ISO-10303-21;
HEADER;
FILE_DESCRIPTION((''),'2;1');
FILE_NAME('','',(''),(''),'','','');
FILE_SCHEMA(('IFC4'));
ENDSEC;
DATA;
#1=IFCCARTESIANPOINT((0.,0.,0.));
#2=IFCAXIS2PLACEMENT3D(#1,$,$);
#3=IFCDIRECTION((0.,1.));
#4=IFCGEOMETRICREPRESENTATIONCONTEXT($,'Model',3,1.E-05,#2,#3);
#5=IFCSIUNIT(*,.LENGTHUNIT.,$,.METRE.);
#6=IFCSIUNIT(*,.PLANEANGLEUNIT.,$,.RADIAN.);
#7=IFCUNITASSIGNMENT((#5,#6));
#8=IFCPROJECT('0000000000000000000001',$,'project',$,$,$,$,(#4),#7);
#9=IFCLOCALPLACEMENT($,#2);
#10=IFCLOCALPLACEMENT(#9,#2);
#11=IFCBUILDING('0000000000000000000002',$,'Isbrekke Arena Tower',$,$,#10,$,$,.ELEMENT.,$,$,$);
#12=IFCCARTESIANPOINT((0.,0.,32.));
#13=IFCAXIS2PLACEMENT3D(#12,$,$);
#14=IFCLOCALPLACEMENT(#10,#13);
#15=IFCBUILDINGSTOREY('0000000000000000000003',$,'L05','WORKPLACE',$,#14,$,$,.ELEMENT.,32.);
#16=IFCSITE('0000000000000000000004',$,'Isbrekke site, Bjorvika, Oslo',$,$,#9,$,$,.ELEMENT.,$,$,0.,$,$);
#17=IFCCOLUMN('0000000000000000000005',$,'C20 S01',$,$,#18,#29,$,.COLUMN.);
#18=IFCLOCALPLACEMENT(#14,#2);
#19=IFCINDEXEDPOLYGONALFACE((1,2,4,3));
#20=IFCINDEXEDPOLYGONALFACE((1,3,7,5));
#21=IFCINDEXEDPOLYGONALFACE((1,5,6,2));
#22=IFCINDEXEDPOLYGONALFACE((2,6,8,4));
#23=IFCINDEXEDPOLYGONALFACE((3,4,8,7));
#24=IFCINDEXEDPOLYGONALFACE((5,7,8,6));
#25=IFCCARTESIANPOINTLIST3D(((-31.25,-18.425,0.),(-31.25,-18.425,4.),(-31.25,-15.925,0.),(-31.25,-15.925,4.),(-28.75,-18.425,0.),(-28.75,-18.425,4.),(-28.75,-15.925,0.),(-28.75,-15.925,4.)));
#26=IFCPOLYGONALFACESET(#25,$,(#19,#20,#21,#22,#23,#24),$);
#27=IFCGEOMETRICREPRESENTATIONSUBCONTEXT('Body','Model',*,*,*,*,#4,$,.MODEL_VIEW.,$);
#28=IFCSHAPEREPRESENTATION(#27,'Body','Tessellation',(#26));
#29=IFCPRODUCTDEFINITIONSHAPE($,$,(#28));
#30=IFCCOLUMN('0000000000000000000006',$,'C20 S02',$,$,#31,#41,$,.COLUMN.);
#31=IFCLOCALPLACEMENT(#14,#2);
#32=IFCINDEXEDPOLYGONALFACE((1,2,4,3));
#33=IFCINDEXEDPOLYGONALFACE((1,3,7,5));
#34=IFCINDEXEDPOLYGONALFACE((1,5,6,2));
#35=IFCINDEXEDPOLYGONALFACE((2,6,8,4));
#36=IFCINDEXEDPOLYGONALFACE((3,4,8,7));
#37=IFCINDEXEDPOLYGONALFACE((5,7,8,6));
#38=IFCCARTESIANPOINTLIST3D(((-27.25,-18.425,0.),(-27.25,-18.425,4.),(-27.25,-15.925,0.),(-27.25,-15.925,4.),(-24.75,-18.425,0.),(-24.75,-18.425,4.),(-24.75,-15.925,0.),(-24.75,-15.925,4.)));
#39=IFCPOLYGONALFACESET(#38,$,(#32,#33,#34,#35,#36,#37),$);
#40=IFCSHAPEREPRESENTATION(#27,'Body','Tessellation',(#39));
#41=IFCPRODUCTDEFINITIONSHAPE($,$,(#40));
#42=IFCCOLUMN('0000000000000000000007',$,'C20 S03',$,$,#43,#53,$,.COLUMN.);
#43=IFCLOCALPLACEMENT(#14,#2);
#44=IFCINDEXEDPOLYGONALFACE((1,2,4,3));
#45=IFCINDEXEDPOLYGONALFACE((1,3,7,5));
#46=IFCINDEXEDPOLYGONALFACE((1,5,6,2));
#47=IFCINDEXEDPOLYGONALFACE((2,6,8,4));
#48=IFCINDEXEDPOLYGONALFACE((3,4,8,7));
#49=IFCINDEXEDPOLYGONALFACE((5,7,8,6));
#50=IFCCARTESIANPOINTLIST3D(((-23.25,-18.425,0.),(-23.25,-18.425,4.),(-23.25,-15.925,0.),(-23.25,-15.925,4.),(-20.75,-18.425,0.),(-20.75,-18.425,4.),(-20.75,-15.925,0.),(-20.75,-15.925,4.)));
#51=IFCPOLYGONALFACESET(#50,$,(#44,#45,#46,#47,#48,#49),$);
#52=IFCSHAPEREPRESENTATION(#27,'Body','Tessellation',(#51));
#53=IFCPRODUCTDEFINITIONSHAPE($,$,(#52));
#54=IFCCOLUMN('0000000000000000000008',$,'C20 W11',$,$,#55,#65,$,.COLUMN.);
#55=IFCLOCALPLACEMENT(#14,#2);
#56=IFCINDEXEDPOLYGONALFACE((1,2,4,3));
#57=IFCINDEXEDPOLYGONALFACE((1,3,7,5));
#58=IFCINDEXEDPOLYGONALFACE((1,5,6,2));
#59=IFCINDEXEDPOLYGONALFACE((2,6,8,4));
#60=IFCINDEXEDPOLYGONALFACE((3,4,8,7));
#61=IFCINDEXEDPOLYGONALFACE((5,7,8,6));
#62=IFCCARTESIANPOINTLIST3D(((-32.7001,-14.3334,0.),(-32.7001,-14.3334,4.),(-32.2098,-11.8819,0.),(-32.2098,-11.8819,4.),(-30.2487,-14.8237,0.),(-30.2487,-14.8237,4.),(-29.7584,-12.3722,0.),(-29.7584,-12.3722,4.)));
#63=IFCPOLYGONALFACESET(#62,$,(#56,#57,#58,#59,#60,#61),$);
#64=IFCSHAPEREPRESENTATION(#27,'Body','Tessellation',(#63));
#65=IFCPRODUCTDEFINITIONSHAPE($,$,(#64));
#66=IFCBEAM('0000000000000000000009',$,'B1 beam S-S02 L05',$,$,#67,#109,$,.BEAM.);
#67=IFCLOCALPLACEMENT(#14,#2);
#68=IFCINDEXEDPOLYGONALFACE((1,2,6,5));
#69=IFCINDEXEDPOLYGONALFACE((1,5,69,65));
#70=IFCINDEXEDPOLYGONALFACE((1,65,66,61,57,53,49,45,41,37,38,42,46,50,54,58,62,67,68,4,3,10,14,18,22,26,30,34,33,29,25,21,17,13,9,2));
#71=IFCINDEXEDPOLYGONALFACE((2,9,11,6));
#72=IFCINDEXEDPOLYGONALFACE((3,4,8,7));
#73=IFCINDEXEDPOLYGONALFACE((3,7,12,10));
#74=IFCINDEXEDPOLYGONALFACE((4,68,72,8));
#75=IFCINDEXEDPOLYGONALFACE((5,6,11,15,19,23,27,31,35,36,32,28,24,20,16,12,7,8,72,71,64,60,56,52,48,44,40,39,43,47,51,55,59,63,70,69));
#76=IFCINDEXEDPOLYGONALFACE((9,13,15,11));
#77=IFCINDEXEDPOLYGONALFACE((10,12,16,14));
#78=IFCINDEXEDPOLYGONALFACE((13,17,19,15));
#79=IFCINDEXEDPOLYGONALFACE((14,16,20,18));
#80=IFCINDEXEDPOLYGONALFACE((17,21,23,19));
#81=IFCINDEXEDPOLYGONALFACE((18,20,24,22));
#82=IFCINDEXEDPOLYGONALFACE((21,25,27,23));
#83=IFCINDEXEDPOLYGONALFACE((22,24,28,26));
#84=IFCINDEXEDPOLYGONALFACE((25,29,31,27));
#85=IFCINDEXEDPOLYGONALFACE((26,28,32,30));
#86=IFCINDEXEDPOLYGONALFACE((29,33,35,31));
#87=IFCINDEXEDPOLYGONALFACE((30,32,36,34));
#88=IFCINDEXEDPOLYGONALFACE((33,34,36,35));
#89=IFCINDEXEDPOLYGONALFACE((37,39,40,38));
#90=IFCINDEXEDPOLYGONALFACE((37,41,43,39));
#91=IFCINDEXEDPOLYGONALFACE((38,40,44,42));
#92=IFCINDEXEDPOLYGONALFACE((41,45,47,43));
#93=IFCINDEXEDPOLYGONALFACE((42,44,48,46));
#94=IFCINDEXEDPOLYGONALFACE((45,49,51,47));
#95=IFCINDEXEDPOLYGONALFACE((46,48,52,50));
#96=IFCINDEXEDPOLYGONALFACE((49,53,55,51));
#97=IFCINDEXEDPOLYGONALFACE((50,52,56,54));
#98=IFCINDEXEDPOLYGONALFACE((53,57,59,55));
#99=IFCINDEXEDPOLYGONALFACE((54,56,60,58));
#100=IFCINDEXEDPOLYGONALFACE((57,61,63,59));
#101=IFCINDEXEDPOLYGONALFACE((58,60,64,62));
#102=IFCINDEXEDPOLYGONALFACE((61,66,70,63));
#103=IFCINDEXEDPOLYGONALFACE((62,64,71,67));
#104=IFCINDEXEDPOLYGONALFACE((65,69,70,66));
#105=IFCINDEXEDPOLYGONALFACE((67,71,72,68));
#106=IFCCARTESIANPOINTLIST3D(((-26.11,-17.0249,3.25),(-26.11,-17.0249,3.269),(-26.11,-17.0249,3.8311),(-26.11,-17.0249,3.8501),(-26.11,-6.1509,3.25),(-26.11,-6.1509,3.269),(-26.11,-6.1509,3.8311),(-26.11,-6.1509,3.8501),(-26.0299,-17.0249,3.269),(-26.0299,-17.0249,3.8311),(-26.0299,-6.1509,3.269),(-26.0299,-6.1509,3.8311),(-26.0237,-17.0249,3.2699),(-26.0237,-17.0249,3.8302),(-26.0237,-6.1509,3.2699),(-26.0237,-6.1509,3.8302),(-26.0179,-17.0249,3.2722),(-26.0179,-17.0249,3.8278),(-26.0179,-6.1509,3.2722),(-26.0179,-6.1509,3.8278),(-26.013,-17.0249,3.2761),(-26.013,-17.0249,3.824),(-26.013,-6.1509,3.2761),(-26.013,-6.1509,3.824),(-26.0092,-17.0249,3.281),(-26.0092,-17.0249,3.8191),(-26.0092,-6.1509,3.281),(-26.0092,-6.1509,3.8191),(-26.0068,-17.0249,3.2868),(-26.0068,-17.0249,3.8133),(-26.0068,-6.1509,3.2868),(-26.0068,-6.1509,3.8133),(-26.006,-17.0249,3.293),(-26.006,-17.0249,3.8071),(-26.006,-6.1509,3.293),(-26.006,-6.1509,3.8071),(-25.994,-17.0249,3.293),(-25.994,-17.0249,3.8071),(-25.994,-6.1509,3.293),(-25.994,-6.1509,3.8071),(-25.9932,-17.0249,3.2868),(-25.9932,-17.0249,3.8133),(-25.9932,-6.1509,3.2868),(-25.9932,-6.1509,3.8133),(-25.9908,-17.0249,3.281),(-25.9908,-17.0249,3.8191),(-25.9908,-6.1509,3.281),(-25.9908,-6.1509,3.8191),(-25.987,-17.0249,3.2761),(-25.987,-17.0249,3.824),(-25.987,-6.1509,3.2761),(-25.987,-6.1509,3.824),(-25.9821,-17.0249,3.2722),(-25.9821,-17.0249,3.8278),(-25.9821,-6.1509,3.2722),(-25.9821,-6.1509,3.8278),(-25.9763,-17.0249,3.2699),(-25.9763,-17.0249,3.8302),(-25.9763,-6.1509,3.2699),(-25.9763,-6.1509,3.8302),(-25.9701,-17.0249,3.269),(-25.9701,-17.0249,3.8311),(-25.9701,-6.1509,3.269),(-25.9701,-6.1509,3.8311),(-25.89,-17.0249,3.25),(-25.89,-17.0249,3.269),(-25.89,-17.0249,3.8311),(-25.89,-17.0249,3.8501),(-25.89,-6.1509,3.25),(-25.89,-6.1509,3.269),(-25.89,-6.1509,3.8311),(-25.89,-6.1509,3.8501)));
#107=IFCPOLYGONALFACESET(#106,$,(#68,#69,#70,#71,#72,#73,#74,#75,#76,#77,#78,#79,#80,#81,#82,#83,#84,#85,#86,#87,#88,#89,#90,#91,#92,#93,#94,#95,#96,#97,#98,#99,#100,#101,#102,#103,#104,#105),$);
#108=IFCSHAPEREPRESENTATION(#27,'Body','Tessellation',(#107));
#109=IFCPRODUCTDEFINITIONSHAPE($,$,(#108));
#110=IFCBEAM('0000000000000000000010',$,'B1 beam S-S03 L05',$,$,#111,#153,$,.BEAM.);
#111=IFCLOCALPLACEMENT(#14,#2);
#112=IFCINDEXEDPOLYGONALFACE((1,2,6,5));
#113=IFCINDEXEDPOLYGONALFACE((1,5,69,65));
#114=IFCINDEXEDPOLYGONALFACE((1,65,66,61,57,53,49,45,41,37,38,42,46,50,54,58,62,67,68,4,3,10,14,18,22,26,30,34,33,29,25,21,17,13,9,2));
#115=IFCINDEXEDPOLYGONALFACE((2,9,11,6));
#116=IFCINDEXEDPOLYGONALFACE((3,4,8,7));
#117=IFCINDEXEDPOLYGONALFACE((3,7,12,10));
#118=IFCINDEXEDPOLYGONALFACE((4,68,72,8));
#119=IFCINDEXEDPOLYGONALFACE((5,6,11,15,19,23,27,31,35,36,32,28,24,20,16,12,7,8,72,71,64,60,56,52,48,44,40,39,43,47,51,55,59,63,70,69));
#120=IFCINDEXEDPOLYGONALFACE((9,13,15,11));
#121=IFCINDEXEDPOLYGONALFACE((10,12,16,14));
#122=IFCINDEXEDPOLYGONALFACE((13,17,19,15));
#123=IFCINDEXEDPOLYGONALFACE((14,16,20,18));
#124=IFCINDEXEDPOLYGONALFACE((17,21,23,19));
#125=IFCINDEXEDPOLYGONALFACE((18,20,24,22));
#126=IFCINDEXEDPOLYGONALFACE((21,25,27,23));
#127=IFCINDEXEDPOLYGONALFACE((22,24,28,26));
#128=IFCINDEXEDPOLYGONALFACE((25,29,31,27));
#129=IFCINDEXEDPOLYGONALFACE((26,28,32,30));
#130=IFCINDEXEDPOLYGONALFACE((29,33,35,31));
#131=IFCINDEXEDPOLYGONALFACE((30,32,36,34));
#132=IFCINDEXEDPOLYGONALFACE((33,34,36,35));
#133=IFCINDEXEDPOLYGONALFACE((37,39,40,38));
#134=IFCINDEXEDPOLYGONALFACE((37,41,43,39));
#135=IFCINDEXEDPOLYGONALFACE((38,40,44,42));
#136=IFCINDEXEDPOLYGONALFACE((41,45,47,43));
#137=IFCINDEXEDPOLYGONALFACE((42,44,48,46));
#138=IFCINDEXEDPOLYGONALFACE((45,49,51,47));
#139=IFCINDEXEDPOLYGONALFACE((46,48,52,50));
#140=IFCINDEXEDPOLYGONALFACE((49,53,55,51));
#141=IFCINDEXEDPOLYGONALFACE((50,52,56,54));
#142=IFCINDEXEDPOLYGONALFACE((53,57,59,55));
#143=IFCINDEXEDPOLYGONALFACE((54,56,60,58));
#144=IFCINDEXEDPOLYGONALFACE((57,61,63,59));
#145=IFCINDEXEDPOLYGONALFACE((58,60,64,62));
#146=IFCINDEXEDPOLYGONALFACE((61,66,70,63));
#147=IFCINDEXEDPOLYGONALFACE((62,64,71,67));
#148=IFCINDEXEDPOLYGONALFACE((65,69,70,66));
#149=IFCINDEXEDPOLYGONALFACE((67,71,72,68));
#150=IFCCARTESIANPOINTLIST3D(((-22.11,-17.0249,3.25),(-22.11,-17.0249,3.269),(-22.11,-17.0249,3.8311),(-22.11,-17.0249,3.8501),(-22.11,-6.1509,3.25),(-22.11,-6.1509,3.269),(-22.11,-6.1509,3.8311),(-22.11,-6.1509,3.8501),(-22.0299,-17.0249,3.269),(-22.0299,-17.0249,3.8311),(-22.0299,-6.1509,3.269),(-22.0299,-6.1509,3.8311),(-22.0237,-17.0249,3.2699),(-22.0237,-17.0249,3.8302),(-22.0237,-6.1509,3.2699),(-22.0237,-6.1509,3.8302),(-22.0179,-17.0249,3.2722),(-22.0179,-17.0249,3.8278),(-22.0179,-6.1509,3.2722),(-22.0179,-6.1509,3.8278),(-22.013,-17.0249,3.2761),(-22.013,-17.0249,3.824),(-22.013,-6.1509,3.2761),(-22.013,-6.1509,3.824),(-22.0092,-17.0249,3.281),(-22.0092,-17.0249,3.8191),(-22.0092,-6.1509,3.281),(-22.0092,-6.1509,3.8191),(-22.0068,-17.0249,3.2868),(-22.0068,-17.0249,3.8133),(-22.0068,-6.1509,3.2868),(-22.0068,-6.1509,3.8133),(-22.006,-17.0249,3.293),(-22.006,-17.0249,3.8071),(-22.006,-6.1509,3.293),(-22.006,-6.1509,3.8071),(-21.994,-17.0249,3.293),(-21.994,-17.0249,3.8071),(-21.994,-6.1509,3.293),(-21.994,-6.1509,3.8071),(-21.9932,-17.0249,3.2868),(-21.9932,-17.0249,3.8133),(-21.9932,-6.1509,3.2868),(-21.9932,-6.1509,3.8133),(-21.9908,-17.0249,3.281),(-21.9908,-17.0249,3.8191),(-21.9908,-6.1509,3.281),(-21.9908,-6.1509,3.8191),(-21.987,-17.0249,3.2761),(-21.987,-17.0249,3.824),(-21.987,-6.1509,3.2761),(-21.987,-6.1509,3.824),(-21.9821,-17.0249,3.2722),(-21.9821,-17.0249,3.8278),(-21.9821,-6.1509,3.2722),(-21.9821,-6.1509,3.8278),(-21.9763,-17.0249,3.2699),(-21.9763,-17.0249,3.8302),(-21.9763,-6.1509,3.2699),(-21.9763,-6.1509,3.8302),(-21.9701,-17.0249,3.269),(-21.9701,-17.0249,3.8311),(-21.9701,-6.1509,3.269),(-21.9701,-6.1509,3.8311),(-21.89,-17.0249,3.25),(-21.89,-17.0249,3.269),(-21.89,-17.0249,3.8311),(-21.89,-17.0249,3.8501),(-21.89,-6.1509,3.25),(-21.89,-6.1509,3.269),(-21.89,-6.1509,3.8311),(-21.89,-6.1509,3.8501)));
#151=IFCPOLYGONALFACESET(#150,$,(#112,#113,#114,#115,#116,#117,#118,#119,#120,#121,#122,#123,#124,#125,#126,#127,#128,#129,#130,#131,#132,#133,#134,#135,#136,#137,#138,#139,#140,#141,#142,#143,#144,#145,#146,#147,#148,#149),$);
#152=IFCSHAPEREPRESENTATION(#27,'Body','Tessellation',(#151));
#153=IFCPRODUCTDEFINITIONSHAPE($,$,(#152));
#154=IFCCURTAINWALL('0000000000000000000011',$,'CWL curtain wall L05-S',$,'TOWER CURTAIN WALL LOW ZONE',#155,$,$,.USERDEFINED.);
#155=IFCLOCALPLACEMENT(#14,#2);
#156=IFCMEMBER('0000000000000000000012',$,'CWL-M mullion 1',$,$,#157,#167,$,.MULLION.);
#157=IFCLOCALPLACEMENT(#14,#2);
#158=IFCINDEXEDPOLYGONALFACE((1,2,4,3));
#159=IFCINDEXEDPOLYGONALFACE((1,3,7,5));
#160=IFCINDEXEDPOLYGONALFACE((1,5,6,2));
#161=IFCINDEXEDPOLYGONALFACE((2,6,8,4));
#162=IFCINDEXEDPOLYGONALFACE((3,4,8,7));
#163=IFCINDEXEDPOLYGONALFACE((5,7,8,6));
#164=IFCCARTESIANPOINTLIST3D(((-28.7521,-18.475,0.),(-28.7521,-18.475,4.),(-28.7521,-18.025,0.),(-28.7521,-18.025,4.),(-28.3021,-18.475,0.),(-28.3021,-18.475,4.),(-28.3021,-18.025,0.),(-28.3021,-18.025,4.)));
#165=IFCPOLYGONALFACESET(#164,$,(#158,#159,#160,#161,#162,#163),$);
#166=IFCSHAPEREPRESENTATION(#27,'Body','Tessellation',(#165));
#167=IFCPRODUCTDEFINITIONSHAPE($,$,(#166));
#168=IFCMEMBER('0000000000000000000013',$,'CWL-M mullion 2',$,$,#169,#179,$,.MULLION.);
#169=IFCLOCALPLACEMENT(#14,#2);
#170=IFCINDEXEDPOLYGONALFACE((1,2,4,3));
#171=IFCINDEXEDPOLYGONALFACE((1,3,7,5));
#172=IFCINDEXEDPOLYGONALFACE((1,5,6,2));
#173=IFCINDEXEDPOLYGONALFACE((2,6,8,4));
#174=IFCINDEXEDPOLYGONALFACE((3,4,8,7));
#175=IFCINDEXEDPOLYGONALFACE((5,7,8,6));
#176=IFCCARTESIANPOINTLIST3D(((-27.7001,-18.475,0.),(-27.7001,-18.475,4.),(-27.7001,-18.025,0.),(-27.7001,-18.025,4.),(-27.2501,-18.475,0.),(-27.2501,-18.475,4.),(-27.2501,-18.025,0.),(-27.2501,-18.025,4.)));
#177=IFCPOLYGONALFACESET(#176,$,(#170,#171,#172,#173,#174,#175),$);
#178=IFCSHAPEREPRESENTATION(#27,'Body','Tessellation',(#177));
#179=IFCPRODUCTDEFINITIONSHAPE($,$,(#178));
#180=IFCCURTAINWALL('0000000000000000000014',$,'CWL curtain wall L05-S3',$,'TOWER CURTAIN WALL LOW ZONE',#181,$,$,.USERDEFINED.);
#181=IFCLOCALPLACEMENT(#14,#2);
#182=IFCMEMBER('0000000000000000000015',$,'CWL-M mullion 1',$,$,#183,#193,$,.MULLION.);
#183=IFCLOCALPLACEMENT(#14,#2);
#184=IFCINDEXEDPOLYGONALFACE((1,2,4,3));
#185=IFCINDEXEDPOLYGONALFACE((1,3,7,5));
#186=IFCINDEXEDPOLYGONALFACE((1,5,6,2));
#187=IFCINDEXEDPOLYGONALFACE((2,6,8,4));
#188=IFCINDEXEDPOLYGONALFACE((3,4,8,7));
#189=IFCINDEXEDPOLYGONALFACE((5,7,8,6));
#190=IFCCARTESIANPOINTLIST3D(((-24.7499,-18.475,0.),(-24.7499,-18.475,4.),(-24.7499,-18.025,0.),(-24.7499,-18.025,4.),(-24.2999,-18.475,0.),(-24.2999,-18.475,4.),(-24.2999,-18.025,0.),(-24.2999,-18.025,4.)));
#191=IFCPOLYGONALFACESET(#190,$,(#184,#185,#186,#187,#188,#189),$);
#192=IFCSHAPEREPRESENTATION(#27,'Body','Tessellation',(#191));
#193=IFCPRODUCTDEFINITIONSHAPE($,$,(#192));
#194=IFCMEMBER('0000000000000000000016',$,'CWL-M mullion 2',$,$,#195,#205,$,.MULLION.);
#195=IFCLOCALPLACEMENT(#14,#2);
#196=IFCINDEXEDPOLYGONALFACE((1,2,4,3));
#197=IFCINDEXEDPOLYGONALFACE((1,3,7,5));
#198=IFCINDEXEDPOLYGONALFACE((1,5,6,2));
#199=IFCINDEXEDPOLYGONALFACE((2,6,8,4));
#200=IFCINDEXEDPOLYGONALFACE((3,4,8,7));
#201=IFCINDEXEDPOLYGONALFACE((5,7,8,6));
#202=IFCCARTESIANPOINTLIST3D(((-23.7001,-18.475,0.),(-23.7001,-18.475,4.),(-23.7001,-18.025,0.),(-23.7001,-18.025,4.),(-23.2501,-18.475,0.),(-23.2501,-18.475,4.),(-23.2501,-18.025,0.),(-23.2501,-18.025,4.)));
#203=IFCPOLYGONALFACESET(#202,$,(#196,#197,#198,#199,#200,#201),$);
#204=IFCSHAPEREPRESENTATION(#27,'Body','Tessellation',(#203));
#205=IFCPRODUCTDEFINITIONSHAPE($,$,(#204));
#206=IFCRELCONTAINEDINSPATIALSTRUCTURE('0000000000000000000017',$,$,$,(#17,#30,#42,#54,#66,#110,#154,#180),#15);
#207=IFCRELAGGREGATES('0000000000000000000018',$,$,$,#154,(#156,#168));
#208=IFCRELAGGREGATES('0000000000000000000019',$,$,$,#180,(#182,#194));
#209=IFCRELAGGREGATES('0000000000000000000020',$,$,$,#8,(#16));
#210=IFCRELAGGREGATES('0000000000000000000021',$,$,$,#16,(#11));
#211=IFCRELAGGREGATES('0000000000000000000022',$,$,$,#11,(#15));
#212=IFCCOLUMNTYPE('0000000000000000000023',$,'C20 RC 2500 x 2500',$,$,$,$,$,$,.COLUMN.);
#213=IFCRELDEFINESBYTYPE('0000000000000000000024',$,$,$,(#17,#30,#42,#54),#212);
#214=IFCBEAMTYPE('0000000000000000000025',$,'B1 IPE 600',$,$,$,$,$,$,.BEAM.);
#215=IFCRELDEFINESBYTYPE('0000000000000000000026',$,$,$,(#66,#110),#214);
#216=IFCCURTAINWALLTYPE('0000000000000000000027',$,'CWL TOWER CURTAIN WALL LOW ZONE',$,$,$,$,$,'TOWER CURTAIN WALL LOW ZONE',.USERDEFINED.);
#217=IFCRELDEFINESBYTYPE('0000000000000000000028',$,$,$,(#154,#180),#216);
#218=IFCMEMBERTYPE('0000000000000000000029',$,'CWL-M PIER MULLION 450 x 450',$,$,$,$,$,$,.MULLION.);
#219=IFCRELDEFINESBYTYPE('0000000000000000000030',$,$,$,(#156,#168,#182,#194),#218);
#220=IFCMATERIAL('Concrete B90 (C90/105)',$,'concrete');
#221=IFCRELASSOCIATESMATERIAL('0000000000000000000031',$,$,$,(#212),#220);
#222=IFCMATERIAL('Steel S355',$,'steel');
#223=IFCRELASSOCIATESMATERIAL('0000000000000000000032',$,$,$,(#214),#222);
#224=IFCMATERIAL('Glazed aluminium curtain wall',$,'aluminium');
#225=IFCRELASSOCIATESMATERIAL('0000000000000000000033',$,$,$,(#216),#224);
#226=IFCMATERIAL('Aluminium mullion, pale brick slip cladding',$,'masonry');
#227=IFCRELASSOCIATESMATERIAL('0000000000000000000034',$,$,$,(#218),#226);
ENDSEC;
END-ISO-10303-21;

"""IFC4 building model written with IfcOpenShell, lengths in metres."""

from ifc_helpers import new_model, si_unit, direction, frame, origin, origin_2d, place, context, subcontext, project, spatial, rectangle, i_section, extrude, material, material_profile, profile_set, type_object, element, aggregate, save


model = new_model("IFC4")

# Units and contexts
model_context = context("Model", 3, precision=1e-05, world=origin(), true_north=direction((0.0, 1.0)))
body_context = subcontext(model_context, "Body", "Model", "MODEL_VIEW")
ifc_project = project(units=[si_unit("LENGTHUNIT", "METRE"), si_unit("PLANEANGLEUNIT", "RADIAN")], contexts=[model_context])

# Site, building, storey
site_placement = place(None, origin())
site = spatial("IfcSite", under=ifc_project, at=site_placement, Name="Isbrekke site, Bjorvika, Oslo", CompositionType="ELEMENT", RefElevation=0.0)
building_placement = place(site_placement, origin())
building = spatial("IfcBuilding", under=site, at=building_placement, Name="Isbrekke Arena Tower", CompositionType="ELEMENT")
storey_placement = place(building_placement, frame((0.0, 0.0, 32.0)))
storey = spatial("IfcBuildingStorey", under=building, at=storey_placement, Name="L05", Description="WORKPLACE", CompositionType="ELEMENT", Elevation=32.0)

# Columns
ifc_material_1 = material(Name="Concrete B90 (C90/105)", Category="concrete")
ifc_material_profile_1 = material_profile(ifc_material_1, rectangle(XDim=2.5, YDim=2.5, at=origin_2d()), Name="RC 2500x2500")
ifc_profile_set_1 = profile_set([ifc_material_profile_1], Name="Concrete B90 (C90/105)")
column_type = type_object("IfcColumnType", Name="C20 RC 2500 x 2500", PredefinedType="COLUMN", material=ifc_profile_set_1)
for number, where, z_axis, x_axis, name in (
    (1, (-30.0, -17.175, 0.0), (0.0, 0.0, 1.0), (1.0, 0.0, 0.0), "C20 S01"),
    (2, (-26.0, -17.175, 0.0), (0.0, 0.0, 1.0), (1.0, 0.0, 0.0), "C20 S02"),
    (3, (-22.0, -17.175, 0.0), (0.0, 0.0, 1.0), (1.0, 0.0, 0.0), "C20 S03"),
    (4, (-31.2292, -13.3528, 0.0), (0.0, 0.0, 1.0), (-0.196116, -0.980581, 0.0), "C20 W11"),
):
    element("IfcColumn", number, at=place(storey_placement, frame(where, z_axis=z_axis, x_axis=x_axis)), inside=storey, type_object=column_type, Name=name, PredefinedType="COLUMN", context=body_context, shape_type="SweptSolid", body=[
        extrude(rectangle(XDim=2.5, YDim=2.5, at=origin_2d()), origin(), (0.0, 0.0, 1.0), 4.0),
    ])

# Beams
ifc_material_2 = material(Name="Steel S355", Category="steel")
ifc_material_profile_2 = material_profile(ifc_material_2, i_section(OverallWidth=0.22, OverallDepth=0.6001, WebThickness=0.012, FlangeThickness=0.019, FilletRadius=0.0239, at=origin_2d()), Name="IPE 600")
ifc_profile_set_2 = profile_set([ifc_material_profile_2], Name="Steel S355")
beam_type_1 = type_object("IfcBeamType", Name="B1 IPE 600", PredefinedType="BEAM", material=ifc_profile_set_2)
for number, where, z_axis, x_axis, name in (
    (5, (-26.0, -17.0249, 3.55), (0.0, 1.0, 0.0), (-1.0, 0.0, 0.0), "B1 beam S-S02 L05"),
    (6, (-22.0, -17.0249, 3.55), (0.0, 1.0, 0.0), (-1.0, 0.0, 0.0), "B1 beam S-S03 L05"),
):
    element("IfcBeam", number, at=place(storey_placement, frame(where, z_axis=z_axis, x_axis=x_axis)), inside=storey, type_object=beam_type_1, Name=name, PredefinedType="BEAM", context=body_context, shape_type="SweptSolid", body=[
        extrude(i_section(OverallWidth=0.22, OverallDepth=0.6001, WebThickness=0.012, FlangeThickness=0.019, FilletRadius=0.0239, at=origin_2d()), origin(), (0.0, 0.0, 1.0), 10.874),
    ])

# Curtain walls, members
ifc_material_3 = material(Name="Glazed aluminium curtain wall", Category="aluminium")
curtain_wall_type = type_object("IfcCurtainWallType", Name="CWL TOWER CURTAIN WALL LOW ZONE", ElementType="TOWER CURTAIN WALL LOW ZONE", PredefinedType="USERDEFINED", material=ifc_material_3)
curtain_wall_1_placement = place(storey_placement, origin())
curtain_wall_1 = element("IfcCurtainWall", 7, at=curtain_wall_1_placement, inside=storey, type_object=curtain_wall_type, Name="CWL curtain wall L05-S", ObjectType="TOWER CURTAIN WALL LOW ZONE", PredefinedType="USERDEFINED")
ifc_material_4 = material(Name="Aluminium mullion, pale brick slip cladding", Category="masonry")
ifc_material_profile_3 = material_profile(ifc_material_4, rectangle(XDim=0.45, YDim=0.45, at=origin_2d()), Name="PIER 450X450")
ifc_profile_set_3 = profile_set([ifc_material_profile_3], Name="Aluminium mullion, pale brick slip cladding")
member_type_1 = type_object("IfcMemberType", Name="CWL-M PIER MULLION 450 x 450", PredefinedType="MULLION", material=ifc_profile_set_3)
member_1_placement = place(storey_placement, frame((-28.5271, -18.25, 0.0), z_axis=(0.0, 0.0, 1.0), x_axis=(1.0, 0.0, 0.0)))
member_1 = element("IfcMember", 8, at=member_1_placement, type_object=member_type_1, Name="CWL-M mullion 1", PredefinedType="MULLION", context=body_context, shape_type="SweptSolid", body=[
    extrude(rectangle(XDim=0.45, YDim=0.45, at=origin_2d()), origin(), (0.0, 0.0, 1.0), 4.0),
])
member_2_placement = place(storey_placement, frame((-27.4751, -18.25, 0.0), z_axis=(0.0, 0.0, 1.0), x_axis=(1.0, 0.0, 0.0)))
member_2 = element("IfcMember", 9, at=member_2_placement, type_object=member_type_1, Name="CWL-M mullion 2", PredefinedType="MULLION", context=body_context, shape_type="SweptSolid", body=[
    extrude(rectangle(XDim=0.45, YDim=0.45, at=origin_2d()), origin(), (0.0, 0.0, 1.0), 4.0),
])
curtain_wall_2_placement = place(storey_placement, origin())
curtain_wall_2 = element("IfcCurtainWall", 10, at=curtain_wall_2_placement, inside=storey, type_object=curtain_wall_type, Name="CWL curtain wall L05-S3", ObjectType="TOWER CURTAIN WALL LOW ZONE", PredefinedType="USERDEFINED")
member_3_placement = place(storey_placement, frame((-24.5249, -18.25, 0.0), z_axis=(0.0, 0.0, 1.0), x_axis=(1.0, 0.0, 0.0)))
member_3 = element("IfcMember", 11, at=member_3_placement, type_object=member_type_1, Name="CWL-M mullion 1", PredefinedType="MULLION", context=body_context, shape_type="SweptSolid", body=[
    extrude(rectangle(XDim=0.45, YDim=0.45, at=origin_2d()), origin(), (0.0, 0.0, 1.0), 4.0),
])
member_4_placement = place(storey_placement, frame((-23.4751, -18.25, 0.0), z_axis=(0.0, 0.0, 1.0), x_axis=(1.0, 0.0, 0.0)))
member_4 = element("IfcMember", 12, at=member_4_placement, type_object=member_type_1, Name="CWL-M mullion 2", PredefinedType="MULLION", context=body_context, shape_type="SweptSolid", body=[
    extrude(rectangle(XDim=0.45, YDim=0.45, at=origin_2d()), origin(), (0.0, 0.0, 1.0), 4.0),
])

aggregate(curtain_wall_1, [member_1, member_2])
aggregate(curtain_wall_2, [member_3, member_4])

save(model, "model.ifc")
